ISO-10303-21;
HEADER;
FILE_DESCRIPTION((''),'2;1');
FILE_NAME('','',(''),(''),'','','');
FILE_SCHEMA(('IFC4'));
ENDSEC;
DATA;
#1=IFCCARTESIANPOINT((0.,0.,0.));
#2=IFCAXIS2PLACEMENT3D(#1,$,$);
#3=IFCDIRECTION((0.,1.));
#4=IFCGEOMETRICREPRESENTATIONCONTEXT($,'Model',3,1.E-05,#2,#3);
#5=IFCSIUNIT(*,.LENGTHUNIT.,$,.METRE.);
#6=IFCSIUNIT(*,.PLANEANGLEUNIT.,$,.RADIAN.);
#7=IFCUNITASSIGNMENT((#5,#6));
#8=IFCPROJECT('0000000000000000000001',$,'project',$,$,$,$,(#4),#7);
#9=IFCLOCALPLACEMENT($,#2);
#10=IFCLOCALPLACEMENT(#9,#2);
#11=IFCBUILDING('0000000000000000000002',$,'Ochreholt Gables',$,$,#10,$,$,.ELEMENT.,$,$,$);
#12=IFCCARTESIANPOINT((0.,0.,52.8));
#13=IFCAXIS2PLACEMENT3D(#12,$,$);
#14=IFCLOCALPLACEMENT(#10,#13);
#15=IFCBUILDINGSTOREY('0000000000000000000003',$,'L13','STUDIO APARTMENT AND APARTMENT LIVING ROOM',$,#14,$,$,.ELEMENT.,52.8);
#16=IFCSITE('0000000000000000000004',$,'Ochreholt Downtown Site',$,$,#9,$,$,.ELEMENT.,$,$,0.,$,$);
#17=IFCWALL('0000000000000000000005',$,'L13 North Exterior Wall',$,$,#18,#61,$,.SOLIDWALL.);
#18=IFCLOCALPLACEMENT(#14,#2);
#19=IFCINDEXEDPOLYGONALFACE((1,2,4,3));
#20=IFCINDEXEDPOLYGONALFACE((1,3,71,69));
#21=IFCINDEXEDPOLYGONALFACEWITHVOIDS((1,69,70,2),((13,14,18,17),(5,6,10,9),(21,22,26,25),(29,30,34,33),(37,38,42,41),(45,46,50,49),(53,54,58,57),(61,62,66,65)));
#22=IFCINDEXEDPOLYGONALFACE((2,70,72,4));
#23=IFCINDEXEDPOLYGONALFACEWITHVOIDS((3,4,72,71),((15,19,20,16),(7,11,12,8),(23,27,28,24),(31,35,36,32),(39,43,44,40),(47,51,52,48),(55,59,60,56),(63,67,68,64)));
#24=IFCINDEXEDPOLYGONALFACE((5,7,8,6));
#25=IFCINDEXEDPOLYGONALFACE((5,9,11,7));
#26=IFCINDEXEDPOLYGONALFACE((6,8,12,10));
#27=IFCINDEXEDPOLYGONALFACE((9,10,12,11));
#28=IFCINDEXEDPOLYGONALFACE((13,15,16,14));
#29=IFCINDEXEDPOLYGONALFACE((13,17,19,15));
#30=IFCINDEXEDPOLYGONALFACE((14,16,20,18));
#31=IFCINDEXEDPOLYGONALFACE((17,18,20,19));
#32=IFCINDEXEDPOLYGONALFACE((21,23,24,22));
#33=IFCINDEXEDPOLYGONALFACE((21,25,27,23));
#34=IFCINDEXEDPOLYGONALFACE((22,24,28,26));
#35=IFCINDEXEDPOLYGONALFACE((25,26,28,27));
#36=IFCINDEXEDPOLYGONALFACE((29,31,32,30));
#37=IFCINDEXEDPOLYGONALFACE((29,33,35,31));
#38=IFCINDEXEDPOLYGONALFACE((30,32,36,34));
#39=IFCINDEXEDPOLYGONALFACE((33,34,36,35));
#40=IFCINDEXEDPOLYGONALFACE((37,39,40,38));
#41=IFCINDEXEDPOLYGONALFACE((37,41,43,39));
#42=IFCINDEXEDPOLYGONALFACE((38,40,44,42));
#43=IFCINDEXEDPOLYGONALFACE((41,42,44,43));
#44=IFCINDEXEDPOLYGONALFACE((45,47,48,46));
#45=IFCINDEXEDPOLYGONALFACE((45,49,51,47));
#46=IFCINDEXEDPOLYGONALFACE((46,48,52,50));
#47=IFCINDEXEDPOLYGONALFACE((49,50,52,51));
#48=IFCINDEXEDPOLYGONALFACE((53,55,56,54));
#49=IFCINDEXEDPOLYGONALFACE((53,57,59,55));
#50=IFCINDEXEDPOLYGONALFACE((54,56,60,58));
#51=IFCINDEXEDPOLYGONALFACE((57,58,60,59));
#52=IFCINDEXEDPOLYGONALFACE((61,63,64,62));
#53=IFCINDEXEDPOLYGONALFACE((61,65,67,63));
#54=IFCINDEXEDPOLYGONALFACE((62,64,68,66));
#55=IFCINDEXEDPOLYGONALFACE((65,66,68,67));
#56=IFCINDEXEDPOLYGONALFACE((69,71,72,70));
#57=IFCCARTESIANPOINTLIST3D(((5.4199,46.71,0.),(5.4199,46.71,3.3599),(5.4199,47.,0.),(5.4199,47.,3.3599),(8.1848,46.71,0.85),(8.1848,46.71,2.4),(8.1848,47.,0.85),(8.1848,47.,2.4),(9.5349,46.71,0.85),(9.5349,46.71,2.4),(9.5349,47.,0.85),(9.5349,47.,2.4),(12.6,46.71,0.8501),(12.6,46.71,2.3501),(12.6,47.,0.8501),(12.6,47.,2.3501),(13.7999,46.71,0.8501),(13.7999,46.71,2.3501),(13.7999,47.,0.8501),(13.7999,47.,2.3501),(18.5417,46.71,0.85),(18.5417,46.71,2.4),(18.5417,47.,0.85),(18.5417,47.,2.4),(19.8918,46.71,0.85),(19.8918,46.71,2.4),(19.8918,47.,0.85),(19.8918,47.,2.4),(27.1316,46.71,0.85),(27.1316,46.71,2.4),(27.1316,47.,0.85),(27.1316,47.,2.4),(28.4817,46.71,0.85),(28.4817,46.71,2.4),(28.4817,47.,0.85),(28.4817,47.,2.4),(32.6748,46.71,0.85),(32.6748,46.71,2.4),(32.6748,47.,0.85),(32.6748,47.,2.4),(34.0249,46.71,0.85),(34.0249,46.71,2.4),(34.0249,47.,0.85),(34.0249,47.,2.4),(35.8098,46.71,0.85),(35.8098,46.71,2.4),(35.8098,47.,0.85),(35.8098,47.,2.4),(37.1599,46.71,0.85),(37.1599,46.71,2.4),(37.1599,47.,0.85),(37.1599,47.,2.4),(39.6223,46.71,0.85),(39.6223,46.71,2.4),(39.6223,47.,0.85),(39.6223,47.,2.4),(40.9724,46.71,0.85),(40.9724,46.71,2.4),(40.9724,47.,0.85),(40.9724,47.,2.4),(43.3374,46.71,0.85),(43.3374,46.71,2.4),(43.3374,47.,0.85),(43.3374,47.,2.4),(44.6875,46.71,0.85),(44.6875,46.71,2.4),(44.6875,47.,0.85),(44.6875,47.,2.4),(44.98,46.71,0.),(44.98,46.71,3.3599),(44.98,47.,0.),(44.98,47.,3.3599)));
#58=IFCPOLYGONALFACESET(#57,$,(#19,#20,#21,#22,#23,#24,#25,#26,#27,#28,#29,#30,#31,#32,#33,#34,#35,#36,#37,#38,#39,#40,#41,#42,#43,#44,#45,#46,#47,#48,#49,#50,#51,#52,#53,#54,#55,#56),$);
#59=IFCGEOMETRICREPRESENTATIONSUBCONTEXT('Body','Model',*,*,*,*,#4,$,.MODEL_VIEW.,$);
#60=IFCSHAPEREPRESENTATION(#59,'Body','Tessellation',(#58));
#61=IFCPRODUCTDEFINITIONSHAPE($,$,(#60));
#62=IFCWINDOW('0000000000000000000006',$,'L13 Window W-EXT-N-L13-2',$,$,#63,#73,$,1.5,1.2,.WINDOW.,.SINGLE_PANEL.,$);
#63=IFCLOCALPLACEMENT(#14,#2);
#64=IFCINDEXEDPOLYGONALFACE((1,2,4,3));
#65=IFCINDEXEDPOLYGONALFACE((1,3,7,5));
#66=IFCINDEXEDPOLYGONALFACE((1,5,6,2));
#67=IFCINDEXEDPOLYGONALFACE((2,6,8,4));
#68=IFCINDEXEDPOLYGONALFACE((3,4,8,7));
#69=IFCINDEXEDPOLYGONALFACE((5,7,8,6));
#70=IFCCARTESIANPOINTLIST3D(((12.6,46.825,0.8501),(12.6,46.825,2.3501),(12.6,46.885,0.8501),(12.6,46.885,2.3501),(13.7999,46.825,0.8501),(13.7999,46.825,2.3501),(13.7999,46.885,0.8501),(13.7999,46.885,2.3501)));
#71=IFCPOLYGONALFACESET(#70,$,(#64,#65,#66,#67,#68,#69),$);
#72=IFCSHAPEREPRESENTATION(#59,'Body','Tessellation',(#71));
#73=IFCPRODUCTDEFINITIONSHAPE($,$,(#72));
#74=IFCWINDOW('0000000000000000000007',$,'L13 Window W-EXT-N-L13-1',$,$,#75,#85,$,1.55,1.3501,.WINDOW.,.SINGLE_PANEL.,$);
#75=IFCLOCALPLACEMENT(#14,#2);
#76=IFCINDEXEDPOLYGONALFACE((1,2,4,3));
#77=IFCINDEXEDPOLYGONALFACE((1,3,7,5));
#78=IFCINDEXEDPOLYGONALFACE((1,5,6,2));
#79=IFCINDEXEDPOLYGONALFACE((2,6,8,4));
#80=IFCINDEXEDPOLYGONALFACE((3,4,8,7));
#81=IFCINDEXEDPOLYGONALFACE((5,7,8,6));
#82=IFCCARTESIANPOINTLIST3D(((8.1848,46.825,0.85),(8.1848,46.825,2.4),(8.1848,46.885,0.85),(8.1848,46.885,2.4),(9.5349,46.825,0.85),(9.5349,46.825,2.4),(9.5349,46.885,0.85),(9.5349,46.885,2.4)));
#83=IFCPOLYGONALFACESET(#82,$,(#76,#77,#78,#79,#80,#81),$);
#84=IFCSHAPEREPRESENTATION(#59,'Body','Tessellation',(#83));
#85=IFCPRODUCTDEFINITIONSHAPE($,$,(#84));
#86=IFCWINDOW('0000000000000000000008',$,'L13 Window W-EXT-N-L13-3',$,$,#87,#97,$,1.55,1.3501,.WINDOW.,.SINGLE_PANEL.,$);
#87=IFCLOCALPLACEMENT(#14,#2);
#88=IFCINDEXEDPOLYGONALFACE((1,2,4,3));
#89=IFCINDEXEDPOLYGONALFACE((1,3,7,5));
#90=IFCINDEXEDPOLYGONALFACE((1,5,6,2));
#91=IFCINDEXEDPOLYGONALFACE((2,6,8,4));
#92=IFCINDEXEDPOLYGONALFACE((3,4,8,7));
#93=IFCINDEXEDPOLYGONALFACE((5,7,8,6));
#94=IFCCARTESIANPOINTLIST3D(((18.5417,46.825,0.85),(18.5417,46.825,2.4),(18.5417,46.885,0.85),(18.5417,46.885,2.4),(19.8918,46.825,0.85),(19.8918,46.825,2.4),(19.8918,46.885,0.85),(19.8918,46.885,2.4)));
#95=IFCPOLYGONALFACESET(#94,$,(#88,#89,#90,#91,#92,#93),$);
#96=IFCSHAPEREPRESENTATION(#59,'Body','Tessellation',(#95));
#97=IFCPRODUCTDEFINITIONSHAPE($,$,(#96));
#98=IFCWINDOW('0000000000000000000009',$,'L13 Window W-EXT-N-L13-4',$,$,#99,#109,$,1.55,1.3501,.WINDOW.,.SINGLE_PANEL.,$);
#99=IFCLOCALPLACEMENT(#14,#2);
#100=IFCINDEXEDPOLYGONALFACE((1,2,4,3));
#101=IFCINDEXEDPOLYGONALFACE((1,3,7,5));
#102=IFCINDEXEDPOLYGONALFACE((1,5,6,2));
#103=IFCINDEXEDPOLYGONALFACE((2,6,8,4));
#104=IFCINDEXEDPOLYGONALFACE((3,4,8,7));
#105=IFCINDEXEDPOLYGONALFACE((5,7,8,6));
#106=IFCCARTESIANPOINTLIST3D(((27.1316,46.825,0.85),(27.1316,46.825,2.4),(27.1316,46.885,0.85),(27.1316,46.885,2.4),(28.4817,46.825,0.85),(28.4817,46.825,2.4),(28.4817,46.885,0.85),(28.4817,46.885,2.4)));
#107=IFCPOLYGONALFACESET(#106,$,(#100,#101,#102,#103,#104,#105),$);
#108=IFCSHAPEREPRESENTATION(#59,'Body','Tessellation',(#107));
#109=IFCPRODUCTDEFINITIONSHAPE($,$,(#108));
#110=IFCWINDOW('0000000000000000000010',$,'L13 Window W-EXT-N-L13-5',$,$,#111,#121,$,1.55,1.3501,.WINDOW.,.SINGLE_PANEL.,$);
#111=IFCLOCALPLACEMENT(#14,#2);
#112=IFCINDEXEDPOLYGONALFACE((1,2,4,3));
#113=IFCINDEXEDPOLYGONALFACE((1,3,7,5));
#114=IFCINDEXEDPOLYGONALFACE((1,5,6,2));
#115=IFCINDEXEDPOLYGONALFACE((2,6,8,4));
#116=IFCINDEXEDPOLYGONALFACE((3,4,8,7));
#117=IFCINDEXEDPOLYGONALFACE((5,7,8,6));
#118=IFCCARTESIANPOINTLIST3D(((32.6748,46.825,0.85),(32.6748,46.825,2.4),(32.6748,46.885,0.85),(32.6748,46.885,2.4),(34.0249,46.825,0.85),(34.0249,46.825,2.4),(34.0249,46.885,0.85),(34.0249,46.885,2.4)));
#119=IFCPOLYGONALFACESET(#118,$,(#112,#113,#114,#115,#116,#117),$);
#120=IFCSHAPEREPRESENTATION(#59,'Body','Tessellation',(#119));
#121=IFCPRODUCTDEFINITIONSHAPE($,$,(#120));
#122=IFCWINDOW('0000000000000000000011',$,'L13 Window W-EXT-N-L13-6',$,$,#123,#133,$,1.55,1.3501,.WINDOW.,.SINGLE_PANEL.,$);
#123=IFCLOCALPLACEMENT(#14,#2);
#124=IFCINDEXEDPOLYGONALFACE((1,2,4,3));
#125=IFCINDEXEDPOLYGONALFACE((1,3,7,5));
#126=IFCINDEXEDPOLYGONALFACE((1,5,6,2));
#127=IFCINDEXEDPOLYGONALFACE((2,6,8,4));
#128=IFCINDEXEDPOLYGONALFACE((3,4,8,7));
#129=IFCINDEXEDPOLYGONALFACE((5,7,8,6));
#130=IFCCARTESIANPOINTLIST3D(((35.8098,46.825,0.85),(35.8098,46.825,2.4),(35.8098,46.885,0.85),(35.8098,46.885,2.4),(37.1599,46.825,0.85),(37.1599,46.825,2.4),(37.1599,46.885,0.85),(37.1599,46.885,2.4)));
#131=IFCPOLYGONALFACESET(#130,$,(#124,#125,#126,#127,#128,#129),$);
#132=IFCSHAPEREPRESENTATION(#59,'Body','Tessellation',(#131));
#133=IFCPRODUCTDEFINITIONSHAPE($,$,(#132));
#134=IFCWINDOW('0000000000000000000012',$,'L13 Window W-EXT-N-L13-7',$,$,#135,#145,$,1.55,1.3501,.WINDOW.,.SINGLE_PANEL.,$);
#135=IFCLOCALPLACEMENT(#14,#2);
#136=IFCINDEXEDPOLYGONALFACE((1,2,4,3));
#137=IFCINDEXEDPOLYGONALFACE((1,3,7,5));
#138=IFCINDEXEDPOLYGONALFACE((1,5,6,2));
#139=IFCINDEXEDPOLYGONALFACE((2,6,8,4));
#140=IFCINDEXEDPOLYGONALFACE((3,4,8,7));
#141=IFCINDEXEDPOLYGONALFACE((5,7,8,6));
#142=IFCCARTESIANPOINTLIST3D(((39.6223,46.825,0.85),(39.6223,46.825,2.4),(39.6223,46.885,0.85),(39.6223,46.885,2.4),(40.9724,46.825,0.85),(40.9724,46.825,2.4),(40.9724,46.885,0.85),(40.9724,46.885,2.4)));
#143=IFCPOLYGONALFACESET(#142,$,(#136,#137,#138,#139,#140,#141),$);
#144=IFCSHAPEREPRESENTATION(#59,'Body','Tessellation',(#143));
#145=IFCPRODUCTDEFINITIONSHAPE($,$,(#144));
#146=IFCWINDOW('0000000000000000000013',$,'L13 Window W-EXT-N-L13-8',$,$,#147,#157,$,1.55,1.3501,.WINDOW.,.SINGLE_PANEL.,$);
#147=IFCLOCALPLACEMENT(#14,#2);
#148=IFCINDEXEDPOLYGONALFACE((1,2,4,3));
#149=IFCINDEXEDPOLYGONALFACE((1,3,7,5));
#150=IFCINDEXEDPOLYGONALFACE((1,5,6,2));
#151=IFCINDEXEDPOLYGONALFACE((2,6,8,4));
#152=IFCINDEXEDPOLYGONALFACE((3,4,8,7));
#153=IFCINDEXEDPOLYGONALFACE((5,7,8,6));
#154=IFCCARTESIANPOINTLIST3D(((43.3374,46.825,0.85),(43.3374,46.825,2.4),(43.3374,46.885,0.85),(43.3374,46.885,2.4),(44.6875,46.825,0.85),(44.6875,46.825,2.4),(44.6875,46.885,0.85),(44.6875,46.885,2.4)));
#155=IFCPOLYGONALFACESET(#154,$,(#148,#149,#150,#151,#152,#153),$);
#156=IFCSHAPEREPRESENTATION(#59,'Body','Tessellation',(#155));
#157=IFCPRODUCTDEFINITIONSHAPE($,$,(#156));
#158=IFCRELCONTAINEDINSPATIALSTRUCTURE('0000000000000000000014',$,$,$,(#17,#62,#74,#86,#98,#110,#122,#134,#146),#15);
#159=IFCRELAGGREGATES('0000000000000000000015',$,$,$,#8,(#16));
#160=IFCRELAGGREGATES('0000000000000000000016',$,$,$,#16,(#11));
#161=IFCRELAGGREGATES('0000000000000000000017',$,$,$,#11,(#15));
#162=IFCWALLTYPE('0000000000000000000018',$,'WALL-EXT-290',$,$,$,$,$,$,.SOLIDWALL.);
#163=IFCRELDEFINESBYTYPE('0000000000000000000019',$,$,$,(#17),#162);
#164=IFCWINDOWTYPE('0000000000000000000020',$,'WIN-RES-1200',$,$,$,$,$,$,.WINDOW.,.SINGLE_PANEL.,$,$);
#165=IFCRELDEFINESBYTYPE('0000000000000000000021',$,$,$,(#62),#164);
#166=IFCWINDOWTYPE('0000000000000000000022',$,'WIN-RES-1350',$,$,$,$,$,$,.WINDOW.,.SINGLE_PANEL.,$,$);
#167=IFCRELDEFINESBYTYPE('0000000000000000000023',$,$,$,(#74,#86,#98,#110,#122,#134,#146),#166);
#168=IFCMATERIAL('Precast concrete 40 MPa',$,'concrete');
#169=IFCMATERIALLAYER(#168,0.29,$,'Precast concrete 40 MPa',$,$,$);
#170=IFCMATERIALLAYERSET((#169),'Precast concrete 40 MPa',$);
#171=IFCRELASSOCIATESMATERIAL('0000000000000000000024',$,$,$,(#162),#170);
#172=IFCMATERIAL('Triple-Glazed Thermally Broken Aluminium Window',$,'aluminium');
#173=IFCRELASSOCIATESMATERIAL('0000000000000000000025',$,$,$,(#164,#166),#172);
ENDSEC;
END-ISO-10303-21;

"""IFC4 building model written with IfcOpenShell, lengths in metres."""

from ifc_helpers import new_model, si_unit, direction, frame, frame_2d, origin, place, context, subcontext, project, spatial, rectangle, extrude, material, layer, layer_set, type_object, element, fill, save


model = new_model("IFC4")

# Units and contexts
model_context = context("Model", 3, precision=1e-05, world=origin(), true_north=direction((0.0, 1.0)))
body_context = subcontext(model_context, "Body", "Model", "MODEL_VIEW")
ifc_project = project(units=[si_unit("LENGTHUNIT", "METRE"), si_unit("PLANEANGLEUNIT", "RADIAN")], contexts=[model_context])

# Site, building, storey
site_placement = place(None, origin())
site = spatial("IfcSite", under=ifc_project, at=site_placement, Name="Ochreholt Downtown Site", CompositionType="ELEMENT", RefElevation=0.0)
building_placement = place(site_placement, origin())
building = spatial("IfcBuilding", under=site, at=building_placement, Name="Ochreholt Gables", CompositionType="ELEMENT")
storey_placement = place(building_placement, frame((0.0, 0.0, 52.8)))
storey = spatial("IfcBuildingStorey", under=building, at=storey_placement, Name="L13", Description="STUDIO APARTMENT AND APARTMENT LIVING ROOM", CompositionType="ELEMENT", Elevation=52.8)

# Wall, openings, windows
ifc_material_1 = material(Name="Precast concrete 40 MPa", Category="concrete")
ifc_layer_1 = layer(ifc_material_1, 0.29, Name="Precast concrete 40 MPa")
ifc_layer_set_1 = layer_set([ifc_layer_1], Name="Precast concrete 40 MPa")
wall_type_1 = type_object("IfcWallType", Name="WALL-EXT-290", PredefinedType="SOLIDWALL", material=ifc_layer_set_1)
wall_1_placement = place(storey_placement, frame((44.98, 46.855, 0.0), z_axis=(0.0, 0.0, 1.0), x_axis=(-1.0, 0.0, 0.0)))
wall_1 = element("IfcWall", 1, at=wall_1_placement, inside=storey, type_object=wall_type_1, Name="L13 North Exterior Wall", PredefinedType="SOLIDWALL", context=body_context, shape_type="SweptSolid", body=[
    extrude(rectangle(XDim=39.5601, YDim=0.29, at=frame_2d((19.78, 0.0))), origin(), (0.0, 0.0, 1.0), 3.3599),
])
opening_1_placement = place(wall_1_placement, frame((35.4451, 0.0, 0.8501)))
opening_1 = element("IfcOpeningElement", 2, at=opening_1_placement, cuts=wall_1, PredefinedType="OPENING", context=body_context, shape_type="SweptSolid", body=[
    extrude(rectangle(XDim=1.3501, YDim=1.55, at=frame_2d((0.675, 0.7749))), frame((0.0, 0.155, 0.0), z_axis=(0.0, -1.0, 0.0), x_axis=(1.0, 0.0, 0.0)), (0.0, 0.0, 1.0), 0.3101),
])
opening_2_placement = place(wall_1_placement, frame((31.1799, 0.0, 0.8501)))
opening_2 = element("IfcOpeningElement", 3, at=opening_2_placement, cuts=wall_1, PredefinedType="OPENING", context=body_context, shape_type="SweptSolid", body=[
    extrude(rectangle(XDim=1.2, YDim=1.5, at=frame_2d((0.6001, 0.75))), frame((0.0, 0.155, 0.0), z_axis=(0.0, -1.0, 0.0), x_axis=(1.0, 0.0, 0.0)), (0.0, 0.0, 1.0), 0.3101),
])
opening_3_placement = place(wall_1_placement, frame((25.0881, 0.0, 0.8501)))
opening_3 = element("IfcOpeningElement", 4, at=opening_3_placement, cuts=wall_1, PredefinedType="OPENING", context=body_context, shape_type="SweptSolid", body=[
    extrude(rectangle(XDim=1.3501, YDim=1.55, at=frame_2d((0.675, 0.7749))), frame((0.0, 0.155, 0.0), z_axis=(0.0, -1.0, 0.0), x_axis=(1.0, 0.0, 0.0)), (0.0, 0.0, 1.0), 0.3101),
])
opening_4_placement = place(wall_1_placement, frame((16.4983, 0.0, 0.8501)))
opening_4 = element("IfcOpeningElement", 5, at=opening_4_placement, cuts=wall_1, PredefinedType="OPENING", context=body_context, shape_type="SweptSolid", body=[
    extrude(rectangle(XDim=1.3501, YDim=1.55, at=frame_2d((0.675, 0.7749))), frame((0.0, 0.155, 0.0), z_axis=(0.0, -1.0, 0.0), x_axis=(1.0, 0.0, 0.0)), (0.0, 0.0, 1.0), 0.3101),
])
opening_5_placement = place(wall_1_placement, frame((10.9551, 0.0, 0.8501)))
opening_5 = element("IfcOpeningElement", 6, at=opening_5_placement, cuts=wall_1, PredefinedType="OPENING", context=body_context, shape_type="SweptSolid", body=[
    extrude(rectangle(XDim=1.3501, YDim=1.55, at=frame_2d((0.675, 0.7749))), frame((0.0, 0.155, 0.0), z_axis=(0.0, -1.0, 0.0), x_axis=(1.0, 0.0, 0.0)), (0.0, 0.0, 1.0), 0.3101),
])
opening_6_placement = place(wall_1_placement, frame((7.8201, 0.0, 0.8501)))
opening_6 = element("IfcOpeningElement", 7, at=opening_6_placement, cuts=wall_1, PredefinedType="OPENING", context=body_context, shape_type="SweptSolid", body=[
    extrude(rectangle(XDim=1.3501, YDim=1.55, at=frame_2d((0.675, 0.7749))), frame((0.0, 0.155, 0.0), z_axis=(0.0, -1.0, 0.0), x_axis=(1.0, 0.0, 0.0)), (0.0, 0.0, 1.0), 0.3101),
])
opening_7_placement = place(wall_1_placement, frame((4.0076, 0.0, 0.8501)))
opening_7 = element("IfcOpeningElement", 8, at=opening_7_placement, cuts=wall_1, PredefinedType="OPENING", context=body_context, shape_type="SweptSolid", body=[
    extrude(rectangle(XDim=1.3501, YDim=1.55, at=frame_2d((0.675, 0.7749))), frame((0.0, 0.155, 0.0), z_axis=(0.0, -1.0, 0.0), x_axis=(1.0, 0.0, 0.0)), (0.0, 0.0, 1.0), 0.3101),
])
opening_8_placement = place(wall_1_placement, frame((0.2925, 0.0, 0.8501)))
opening_8 = element("IfcOpeningElement", 9, at=opening_8_placement, cuts=wall_1, PredefinedType="OPENING", context=body_context, shape_type="SweptSolid", body=[
    extrude(rectangle(XDim=1.3501, YDim=1.55, at=frame_2d((0.675, 0.7749))), frame((0.0, 0.155, 0.0), z_axis=(0.0, -1.0, 0.0), x_axis=(1.0, 0.0, 0.0)), (0.0, 0.0, 1.0), 0.3101),
])
ifc_material_2 = material(Name="Triple-Glazed Thermally Broken Aluminium Window", Category="aluminium")
window_type_1 = type_object("IfcWindowType", Name="WIN-RES-1200", PartitioningType="SINGLE_PANEL", PredefinedType="WINDOW", material=ifc_material_2)
window_1_placement = place(opening_2_placement, origin())
window_1 = element("IfcWindow", 10, at=window_1_placement, inside=storey, type_object=window_type_1, Name="L13 Window W-EXT-N-L13-2", OverallHeight=1.5, OverallWidth=1.2, PartitioningType="SINGLE_PANEL", PredefinedType="WINDOW", context=body_context, shape_type="SweptSolid", body=[
    extrude(rectangle(XDim=1.2, YDim=1.5, at=frame_2d((0.6001, 0.75))), frame((0.0, 0.03, 0.0), z_axis=(0.0, -1.0, 0.0), x_axis=(1.0, 0.0, 0.0)), (0.0, 0.0, 1.0), 0.0601),
])
fill(opening_2, window_1)
window_type_2 = type_object("IfcWindowType", Name="WIN-RES-1350", PartitioningType="SINGLE_PANEL", PredefinedType="WINDOW", material=ifc_material_2)
window_2_placement = place(opening_1_placement, origin())
window_2 = element("IfcWindow", 11, at=window_2_placement, inside=storey, type_object=window_type_2, Name="L13 Window W-EXT-N-L13-1", OverallHeight=1.55, OverallWidth=1.3501, PartitioningType="SINGLE_PANEL", PredefinedType="WINDOW", context=body_context, shape_type="SweptSolid", body=[
    extrude(rectangle(XDim=1.3501, YDim=1.55, at=frame_2d((0.675, 0.7749))), frame((0.0, 0.03, 0.0), z_axis=(0.0, -1.0, 0.0), x_axis=(1.0, 0.0, 0.0)), (0.0, 0.0, 1.0), 0.0601),
])
fill(opening_1, window_2)
window_3_placement = place(opening_3_placement, origin())
window_3 = element("IfcWindow", 12, at=window_3_placement, inside=storey, type_object=window_type_2, Name="L13 Window W-EXT-N-L13-3", OverallHeight=1.55, OverallWidth=1.3501, PartitioningType="SINGLE_PANEL", PredefinedType="WINDOW", context=body_context, shape_type="SweptSolid", body=[
    extrude(rectangle(XDim=1.3501, YDim=1.55, at=frame_2d((0.675, 0.7749))), frame((0.0, 0.03, 0.0), z_axis=(0.0, -1.0, 0.0), x_axis=(1.0, 0.0, 0.0)), (0.0, 0.0, 1.0), 0.0601),
])
fill(opening_3, window_3)
window_4_placement = place(opening_4_placement, origin())
window_4 = element("IfcWindow", 13, at=window_4_placement, inside=storey, type_object=window_type_2, Name="L13 Window W-EXT-N-L13-4", OverallHeight=1.55, OverallWidth=1.3501, PartitioningType="SINGLE_PANEL", PredefinedType="WINDOW", context=body_context, shape_type="SweptSolid", body=[
    extrude(rectangle(XDim=1.3501, YDim=1.55, at=frame_2d((0.675, 0.7749))), frame((0.0, 0.03, 0.0), z_axis=(0.0, -1.0, 0.0), x_axis=(1.0, 0.0, 0.0)), (0.0, 0.0, 1.0), 0.0601),
])
fill(opening_4, window_4)
window_5_placement = place(opening_5_placement, origin())
window_5 = element("IfcWindow", 14, at=window_5_placement, inside=storey, type_object=window_type_2, Name="L13 Window W-EXT-N-L13-5", OverallHeight=1.55, OverallWidth=1.3501, PartitioningType="SINGLE_PANEL", PredefinedType="WINDOW", context=body_context, shape_type="SweptSolid", body=[
    extrude(rectangle(XDim=1.3501, YDim=1.55, at=frame_2d((0.675, 0.7749))), frame((0.0, 0.03, 0.0), z_axis=(0.0, -1.0, 0.0), x_axis=(1.0, 0.0, 0.0)), (0.0, 0.0, 1.0), 0.0601),
])
fill(opening_5, window_5)
window_6_placement = place(opening_6_placement, origin())
window_6 = element("IfcWindow", 15, at=window_6_placement, inside=storey, type_object=window_type_2, Name="L13 Window W-EXT-N-L13-6", OverallHeight=1.55, OverallWidth=1.3501, PartitioningType="SINGLE_PANEL", PredefinedType="WINDOW", context=body_context, shape_type="SweptSolid", body=[
    extrude(rectangle(XDim=1.3501, YDim=1.55, at=frame_2d((0.675, 0.7749))), frame((0.0, 0.03, 0.0), z_axis=(0.0, -1.0, 0.0), x_axis=(1.0, 0.0, 0.0)), (0.0, 0.0, 1.0), 0.0601),
])
fill(opening_6, window_6)
window_7_placement = place(opening_7_placement, origin())
window_7 = element("IfcWindow", 16, at=window_7_placement, inside=storey, type_object=window_type_2, Name="L13 Window W-EXT-N-L13-7", OverallHeight=1.55, OverallWidth=1.3501, PartitioningType="SINGLE_PANEL", PredefinedType="WINDOW", context=body_context, shape_type="SweptSolid", body=[
    extrude(rectangle(XDim=1.3501, YDim=1.55, at=frame_2d((0.675, 0.7749))), frame((0.0, 0.03, 0.0), z_axis=(0.0, -1.0, 0.0), x_axis=(1.0, 0.0, 0.0)), (0.0, 0.0, 1.0), 0.0601),
])
fill(opening_7, window_7)
window_8_placement = place(opening_8_placement, origin())
window_8 = element("IfcWindow", 17, at=window_8_placement, inside=storey, type_object=window_type_2, Name="L13 Window W-EXT-N-L13-8", OverallHeight=1.55, OverallWidth=1.3501, PartitioningType="SINGLE_PANEL", PredefinedType="WINDOW", context=body_context, shape_type="SweptSolid", body=[
    extrude(rectangle(XDim=1.3501, YDim=1.55, at=frame_2d((0.675, 0.7749))), frame((0.0, 0.03, 0.0), z_axis=(0.0, -1.0, 0.0), x_axis=(1.0, 0.0, 0.0)), (0.0, 0.0, 1.0), 0.0601),
])
fill(opening_8, window_8)

save(model, "model.ifc")
